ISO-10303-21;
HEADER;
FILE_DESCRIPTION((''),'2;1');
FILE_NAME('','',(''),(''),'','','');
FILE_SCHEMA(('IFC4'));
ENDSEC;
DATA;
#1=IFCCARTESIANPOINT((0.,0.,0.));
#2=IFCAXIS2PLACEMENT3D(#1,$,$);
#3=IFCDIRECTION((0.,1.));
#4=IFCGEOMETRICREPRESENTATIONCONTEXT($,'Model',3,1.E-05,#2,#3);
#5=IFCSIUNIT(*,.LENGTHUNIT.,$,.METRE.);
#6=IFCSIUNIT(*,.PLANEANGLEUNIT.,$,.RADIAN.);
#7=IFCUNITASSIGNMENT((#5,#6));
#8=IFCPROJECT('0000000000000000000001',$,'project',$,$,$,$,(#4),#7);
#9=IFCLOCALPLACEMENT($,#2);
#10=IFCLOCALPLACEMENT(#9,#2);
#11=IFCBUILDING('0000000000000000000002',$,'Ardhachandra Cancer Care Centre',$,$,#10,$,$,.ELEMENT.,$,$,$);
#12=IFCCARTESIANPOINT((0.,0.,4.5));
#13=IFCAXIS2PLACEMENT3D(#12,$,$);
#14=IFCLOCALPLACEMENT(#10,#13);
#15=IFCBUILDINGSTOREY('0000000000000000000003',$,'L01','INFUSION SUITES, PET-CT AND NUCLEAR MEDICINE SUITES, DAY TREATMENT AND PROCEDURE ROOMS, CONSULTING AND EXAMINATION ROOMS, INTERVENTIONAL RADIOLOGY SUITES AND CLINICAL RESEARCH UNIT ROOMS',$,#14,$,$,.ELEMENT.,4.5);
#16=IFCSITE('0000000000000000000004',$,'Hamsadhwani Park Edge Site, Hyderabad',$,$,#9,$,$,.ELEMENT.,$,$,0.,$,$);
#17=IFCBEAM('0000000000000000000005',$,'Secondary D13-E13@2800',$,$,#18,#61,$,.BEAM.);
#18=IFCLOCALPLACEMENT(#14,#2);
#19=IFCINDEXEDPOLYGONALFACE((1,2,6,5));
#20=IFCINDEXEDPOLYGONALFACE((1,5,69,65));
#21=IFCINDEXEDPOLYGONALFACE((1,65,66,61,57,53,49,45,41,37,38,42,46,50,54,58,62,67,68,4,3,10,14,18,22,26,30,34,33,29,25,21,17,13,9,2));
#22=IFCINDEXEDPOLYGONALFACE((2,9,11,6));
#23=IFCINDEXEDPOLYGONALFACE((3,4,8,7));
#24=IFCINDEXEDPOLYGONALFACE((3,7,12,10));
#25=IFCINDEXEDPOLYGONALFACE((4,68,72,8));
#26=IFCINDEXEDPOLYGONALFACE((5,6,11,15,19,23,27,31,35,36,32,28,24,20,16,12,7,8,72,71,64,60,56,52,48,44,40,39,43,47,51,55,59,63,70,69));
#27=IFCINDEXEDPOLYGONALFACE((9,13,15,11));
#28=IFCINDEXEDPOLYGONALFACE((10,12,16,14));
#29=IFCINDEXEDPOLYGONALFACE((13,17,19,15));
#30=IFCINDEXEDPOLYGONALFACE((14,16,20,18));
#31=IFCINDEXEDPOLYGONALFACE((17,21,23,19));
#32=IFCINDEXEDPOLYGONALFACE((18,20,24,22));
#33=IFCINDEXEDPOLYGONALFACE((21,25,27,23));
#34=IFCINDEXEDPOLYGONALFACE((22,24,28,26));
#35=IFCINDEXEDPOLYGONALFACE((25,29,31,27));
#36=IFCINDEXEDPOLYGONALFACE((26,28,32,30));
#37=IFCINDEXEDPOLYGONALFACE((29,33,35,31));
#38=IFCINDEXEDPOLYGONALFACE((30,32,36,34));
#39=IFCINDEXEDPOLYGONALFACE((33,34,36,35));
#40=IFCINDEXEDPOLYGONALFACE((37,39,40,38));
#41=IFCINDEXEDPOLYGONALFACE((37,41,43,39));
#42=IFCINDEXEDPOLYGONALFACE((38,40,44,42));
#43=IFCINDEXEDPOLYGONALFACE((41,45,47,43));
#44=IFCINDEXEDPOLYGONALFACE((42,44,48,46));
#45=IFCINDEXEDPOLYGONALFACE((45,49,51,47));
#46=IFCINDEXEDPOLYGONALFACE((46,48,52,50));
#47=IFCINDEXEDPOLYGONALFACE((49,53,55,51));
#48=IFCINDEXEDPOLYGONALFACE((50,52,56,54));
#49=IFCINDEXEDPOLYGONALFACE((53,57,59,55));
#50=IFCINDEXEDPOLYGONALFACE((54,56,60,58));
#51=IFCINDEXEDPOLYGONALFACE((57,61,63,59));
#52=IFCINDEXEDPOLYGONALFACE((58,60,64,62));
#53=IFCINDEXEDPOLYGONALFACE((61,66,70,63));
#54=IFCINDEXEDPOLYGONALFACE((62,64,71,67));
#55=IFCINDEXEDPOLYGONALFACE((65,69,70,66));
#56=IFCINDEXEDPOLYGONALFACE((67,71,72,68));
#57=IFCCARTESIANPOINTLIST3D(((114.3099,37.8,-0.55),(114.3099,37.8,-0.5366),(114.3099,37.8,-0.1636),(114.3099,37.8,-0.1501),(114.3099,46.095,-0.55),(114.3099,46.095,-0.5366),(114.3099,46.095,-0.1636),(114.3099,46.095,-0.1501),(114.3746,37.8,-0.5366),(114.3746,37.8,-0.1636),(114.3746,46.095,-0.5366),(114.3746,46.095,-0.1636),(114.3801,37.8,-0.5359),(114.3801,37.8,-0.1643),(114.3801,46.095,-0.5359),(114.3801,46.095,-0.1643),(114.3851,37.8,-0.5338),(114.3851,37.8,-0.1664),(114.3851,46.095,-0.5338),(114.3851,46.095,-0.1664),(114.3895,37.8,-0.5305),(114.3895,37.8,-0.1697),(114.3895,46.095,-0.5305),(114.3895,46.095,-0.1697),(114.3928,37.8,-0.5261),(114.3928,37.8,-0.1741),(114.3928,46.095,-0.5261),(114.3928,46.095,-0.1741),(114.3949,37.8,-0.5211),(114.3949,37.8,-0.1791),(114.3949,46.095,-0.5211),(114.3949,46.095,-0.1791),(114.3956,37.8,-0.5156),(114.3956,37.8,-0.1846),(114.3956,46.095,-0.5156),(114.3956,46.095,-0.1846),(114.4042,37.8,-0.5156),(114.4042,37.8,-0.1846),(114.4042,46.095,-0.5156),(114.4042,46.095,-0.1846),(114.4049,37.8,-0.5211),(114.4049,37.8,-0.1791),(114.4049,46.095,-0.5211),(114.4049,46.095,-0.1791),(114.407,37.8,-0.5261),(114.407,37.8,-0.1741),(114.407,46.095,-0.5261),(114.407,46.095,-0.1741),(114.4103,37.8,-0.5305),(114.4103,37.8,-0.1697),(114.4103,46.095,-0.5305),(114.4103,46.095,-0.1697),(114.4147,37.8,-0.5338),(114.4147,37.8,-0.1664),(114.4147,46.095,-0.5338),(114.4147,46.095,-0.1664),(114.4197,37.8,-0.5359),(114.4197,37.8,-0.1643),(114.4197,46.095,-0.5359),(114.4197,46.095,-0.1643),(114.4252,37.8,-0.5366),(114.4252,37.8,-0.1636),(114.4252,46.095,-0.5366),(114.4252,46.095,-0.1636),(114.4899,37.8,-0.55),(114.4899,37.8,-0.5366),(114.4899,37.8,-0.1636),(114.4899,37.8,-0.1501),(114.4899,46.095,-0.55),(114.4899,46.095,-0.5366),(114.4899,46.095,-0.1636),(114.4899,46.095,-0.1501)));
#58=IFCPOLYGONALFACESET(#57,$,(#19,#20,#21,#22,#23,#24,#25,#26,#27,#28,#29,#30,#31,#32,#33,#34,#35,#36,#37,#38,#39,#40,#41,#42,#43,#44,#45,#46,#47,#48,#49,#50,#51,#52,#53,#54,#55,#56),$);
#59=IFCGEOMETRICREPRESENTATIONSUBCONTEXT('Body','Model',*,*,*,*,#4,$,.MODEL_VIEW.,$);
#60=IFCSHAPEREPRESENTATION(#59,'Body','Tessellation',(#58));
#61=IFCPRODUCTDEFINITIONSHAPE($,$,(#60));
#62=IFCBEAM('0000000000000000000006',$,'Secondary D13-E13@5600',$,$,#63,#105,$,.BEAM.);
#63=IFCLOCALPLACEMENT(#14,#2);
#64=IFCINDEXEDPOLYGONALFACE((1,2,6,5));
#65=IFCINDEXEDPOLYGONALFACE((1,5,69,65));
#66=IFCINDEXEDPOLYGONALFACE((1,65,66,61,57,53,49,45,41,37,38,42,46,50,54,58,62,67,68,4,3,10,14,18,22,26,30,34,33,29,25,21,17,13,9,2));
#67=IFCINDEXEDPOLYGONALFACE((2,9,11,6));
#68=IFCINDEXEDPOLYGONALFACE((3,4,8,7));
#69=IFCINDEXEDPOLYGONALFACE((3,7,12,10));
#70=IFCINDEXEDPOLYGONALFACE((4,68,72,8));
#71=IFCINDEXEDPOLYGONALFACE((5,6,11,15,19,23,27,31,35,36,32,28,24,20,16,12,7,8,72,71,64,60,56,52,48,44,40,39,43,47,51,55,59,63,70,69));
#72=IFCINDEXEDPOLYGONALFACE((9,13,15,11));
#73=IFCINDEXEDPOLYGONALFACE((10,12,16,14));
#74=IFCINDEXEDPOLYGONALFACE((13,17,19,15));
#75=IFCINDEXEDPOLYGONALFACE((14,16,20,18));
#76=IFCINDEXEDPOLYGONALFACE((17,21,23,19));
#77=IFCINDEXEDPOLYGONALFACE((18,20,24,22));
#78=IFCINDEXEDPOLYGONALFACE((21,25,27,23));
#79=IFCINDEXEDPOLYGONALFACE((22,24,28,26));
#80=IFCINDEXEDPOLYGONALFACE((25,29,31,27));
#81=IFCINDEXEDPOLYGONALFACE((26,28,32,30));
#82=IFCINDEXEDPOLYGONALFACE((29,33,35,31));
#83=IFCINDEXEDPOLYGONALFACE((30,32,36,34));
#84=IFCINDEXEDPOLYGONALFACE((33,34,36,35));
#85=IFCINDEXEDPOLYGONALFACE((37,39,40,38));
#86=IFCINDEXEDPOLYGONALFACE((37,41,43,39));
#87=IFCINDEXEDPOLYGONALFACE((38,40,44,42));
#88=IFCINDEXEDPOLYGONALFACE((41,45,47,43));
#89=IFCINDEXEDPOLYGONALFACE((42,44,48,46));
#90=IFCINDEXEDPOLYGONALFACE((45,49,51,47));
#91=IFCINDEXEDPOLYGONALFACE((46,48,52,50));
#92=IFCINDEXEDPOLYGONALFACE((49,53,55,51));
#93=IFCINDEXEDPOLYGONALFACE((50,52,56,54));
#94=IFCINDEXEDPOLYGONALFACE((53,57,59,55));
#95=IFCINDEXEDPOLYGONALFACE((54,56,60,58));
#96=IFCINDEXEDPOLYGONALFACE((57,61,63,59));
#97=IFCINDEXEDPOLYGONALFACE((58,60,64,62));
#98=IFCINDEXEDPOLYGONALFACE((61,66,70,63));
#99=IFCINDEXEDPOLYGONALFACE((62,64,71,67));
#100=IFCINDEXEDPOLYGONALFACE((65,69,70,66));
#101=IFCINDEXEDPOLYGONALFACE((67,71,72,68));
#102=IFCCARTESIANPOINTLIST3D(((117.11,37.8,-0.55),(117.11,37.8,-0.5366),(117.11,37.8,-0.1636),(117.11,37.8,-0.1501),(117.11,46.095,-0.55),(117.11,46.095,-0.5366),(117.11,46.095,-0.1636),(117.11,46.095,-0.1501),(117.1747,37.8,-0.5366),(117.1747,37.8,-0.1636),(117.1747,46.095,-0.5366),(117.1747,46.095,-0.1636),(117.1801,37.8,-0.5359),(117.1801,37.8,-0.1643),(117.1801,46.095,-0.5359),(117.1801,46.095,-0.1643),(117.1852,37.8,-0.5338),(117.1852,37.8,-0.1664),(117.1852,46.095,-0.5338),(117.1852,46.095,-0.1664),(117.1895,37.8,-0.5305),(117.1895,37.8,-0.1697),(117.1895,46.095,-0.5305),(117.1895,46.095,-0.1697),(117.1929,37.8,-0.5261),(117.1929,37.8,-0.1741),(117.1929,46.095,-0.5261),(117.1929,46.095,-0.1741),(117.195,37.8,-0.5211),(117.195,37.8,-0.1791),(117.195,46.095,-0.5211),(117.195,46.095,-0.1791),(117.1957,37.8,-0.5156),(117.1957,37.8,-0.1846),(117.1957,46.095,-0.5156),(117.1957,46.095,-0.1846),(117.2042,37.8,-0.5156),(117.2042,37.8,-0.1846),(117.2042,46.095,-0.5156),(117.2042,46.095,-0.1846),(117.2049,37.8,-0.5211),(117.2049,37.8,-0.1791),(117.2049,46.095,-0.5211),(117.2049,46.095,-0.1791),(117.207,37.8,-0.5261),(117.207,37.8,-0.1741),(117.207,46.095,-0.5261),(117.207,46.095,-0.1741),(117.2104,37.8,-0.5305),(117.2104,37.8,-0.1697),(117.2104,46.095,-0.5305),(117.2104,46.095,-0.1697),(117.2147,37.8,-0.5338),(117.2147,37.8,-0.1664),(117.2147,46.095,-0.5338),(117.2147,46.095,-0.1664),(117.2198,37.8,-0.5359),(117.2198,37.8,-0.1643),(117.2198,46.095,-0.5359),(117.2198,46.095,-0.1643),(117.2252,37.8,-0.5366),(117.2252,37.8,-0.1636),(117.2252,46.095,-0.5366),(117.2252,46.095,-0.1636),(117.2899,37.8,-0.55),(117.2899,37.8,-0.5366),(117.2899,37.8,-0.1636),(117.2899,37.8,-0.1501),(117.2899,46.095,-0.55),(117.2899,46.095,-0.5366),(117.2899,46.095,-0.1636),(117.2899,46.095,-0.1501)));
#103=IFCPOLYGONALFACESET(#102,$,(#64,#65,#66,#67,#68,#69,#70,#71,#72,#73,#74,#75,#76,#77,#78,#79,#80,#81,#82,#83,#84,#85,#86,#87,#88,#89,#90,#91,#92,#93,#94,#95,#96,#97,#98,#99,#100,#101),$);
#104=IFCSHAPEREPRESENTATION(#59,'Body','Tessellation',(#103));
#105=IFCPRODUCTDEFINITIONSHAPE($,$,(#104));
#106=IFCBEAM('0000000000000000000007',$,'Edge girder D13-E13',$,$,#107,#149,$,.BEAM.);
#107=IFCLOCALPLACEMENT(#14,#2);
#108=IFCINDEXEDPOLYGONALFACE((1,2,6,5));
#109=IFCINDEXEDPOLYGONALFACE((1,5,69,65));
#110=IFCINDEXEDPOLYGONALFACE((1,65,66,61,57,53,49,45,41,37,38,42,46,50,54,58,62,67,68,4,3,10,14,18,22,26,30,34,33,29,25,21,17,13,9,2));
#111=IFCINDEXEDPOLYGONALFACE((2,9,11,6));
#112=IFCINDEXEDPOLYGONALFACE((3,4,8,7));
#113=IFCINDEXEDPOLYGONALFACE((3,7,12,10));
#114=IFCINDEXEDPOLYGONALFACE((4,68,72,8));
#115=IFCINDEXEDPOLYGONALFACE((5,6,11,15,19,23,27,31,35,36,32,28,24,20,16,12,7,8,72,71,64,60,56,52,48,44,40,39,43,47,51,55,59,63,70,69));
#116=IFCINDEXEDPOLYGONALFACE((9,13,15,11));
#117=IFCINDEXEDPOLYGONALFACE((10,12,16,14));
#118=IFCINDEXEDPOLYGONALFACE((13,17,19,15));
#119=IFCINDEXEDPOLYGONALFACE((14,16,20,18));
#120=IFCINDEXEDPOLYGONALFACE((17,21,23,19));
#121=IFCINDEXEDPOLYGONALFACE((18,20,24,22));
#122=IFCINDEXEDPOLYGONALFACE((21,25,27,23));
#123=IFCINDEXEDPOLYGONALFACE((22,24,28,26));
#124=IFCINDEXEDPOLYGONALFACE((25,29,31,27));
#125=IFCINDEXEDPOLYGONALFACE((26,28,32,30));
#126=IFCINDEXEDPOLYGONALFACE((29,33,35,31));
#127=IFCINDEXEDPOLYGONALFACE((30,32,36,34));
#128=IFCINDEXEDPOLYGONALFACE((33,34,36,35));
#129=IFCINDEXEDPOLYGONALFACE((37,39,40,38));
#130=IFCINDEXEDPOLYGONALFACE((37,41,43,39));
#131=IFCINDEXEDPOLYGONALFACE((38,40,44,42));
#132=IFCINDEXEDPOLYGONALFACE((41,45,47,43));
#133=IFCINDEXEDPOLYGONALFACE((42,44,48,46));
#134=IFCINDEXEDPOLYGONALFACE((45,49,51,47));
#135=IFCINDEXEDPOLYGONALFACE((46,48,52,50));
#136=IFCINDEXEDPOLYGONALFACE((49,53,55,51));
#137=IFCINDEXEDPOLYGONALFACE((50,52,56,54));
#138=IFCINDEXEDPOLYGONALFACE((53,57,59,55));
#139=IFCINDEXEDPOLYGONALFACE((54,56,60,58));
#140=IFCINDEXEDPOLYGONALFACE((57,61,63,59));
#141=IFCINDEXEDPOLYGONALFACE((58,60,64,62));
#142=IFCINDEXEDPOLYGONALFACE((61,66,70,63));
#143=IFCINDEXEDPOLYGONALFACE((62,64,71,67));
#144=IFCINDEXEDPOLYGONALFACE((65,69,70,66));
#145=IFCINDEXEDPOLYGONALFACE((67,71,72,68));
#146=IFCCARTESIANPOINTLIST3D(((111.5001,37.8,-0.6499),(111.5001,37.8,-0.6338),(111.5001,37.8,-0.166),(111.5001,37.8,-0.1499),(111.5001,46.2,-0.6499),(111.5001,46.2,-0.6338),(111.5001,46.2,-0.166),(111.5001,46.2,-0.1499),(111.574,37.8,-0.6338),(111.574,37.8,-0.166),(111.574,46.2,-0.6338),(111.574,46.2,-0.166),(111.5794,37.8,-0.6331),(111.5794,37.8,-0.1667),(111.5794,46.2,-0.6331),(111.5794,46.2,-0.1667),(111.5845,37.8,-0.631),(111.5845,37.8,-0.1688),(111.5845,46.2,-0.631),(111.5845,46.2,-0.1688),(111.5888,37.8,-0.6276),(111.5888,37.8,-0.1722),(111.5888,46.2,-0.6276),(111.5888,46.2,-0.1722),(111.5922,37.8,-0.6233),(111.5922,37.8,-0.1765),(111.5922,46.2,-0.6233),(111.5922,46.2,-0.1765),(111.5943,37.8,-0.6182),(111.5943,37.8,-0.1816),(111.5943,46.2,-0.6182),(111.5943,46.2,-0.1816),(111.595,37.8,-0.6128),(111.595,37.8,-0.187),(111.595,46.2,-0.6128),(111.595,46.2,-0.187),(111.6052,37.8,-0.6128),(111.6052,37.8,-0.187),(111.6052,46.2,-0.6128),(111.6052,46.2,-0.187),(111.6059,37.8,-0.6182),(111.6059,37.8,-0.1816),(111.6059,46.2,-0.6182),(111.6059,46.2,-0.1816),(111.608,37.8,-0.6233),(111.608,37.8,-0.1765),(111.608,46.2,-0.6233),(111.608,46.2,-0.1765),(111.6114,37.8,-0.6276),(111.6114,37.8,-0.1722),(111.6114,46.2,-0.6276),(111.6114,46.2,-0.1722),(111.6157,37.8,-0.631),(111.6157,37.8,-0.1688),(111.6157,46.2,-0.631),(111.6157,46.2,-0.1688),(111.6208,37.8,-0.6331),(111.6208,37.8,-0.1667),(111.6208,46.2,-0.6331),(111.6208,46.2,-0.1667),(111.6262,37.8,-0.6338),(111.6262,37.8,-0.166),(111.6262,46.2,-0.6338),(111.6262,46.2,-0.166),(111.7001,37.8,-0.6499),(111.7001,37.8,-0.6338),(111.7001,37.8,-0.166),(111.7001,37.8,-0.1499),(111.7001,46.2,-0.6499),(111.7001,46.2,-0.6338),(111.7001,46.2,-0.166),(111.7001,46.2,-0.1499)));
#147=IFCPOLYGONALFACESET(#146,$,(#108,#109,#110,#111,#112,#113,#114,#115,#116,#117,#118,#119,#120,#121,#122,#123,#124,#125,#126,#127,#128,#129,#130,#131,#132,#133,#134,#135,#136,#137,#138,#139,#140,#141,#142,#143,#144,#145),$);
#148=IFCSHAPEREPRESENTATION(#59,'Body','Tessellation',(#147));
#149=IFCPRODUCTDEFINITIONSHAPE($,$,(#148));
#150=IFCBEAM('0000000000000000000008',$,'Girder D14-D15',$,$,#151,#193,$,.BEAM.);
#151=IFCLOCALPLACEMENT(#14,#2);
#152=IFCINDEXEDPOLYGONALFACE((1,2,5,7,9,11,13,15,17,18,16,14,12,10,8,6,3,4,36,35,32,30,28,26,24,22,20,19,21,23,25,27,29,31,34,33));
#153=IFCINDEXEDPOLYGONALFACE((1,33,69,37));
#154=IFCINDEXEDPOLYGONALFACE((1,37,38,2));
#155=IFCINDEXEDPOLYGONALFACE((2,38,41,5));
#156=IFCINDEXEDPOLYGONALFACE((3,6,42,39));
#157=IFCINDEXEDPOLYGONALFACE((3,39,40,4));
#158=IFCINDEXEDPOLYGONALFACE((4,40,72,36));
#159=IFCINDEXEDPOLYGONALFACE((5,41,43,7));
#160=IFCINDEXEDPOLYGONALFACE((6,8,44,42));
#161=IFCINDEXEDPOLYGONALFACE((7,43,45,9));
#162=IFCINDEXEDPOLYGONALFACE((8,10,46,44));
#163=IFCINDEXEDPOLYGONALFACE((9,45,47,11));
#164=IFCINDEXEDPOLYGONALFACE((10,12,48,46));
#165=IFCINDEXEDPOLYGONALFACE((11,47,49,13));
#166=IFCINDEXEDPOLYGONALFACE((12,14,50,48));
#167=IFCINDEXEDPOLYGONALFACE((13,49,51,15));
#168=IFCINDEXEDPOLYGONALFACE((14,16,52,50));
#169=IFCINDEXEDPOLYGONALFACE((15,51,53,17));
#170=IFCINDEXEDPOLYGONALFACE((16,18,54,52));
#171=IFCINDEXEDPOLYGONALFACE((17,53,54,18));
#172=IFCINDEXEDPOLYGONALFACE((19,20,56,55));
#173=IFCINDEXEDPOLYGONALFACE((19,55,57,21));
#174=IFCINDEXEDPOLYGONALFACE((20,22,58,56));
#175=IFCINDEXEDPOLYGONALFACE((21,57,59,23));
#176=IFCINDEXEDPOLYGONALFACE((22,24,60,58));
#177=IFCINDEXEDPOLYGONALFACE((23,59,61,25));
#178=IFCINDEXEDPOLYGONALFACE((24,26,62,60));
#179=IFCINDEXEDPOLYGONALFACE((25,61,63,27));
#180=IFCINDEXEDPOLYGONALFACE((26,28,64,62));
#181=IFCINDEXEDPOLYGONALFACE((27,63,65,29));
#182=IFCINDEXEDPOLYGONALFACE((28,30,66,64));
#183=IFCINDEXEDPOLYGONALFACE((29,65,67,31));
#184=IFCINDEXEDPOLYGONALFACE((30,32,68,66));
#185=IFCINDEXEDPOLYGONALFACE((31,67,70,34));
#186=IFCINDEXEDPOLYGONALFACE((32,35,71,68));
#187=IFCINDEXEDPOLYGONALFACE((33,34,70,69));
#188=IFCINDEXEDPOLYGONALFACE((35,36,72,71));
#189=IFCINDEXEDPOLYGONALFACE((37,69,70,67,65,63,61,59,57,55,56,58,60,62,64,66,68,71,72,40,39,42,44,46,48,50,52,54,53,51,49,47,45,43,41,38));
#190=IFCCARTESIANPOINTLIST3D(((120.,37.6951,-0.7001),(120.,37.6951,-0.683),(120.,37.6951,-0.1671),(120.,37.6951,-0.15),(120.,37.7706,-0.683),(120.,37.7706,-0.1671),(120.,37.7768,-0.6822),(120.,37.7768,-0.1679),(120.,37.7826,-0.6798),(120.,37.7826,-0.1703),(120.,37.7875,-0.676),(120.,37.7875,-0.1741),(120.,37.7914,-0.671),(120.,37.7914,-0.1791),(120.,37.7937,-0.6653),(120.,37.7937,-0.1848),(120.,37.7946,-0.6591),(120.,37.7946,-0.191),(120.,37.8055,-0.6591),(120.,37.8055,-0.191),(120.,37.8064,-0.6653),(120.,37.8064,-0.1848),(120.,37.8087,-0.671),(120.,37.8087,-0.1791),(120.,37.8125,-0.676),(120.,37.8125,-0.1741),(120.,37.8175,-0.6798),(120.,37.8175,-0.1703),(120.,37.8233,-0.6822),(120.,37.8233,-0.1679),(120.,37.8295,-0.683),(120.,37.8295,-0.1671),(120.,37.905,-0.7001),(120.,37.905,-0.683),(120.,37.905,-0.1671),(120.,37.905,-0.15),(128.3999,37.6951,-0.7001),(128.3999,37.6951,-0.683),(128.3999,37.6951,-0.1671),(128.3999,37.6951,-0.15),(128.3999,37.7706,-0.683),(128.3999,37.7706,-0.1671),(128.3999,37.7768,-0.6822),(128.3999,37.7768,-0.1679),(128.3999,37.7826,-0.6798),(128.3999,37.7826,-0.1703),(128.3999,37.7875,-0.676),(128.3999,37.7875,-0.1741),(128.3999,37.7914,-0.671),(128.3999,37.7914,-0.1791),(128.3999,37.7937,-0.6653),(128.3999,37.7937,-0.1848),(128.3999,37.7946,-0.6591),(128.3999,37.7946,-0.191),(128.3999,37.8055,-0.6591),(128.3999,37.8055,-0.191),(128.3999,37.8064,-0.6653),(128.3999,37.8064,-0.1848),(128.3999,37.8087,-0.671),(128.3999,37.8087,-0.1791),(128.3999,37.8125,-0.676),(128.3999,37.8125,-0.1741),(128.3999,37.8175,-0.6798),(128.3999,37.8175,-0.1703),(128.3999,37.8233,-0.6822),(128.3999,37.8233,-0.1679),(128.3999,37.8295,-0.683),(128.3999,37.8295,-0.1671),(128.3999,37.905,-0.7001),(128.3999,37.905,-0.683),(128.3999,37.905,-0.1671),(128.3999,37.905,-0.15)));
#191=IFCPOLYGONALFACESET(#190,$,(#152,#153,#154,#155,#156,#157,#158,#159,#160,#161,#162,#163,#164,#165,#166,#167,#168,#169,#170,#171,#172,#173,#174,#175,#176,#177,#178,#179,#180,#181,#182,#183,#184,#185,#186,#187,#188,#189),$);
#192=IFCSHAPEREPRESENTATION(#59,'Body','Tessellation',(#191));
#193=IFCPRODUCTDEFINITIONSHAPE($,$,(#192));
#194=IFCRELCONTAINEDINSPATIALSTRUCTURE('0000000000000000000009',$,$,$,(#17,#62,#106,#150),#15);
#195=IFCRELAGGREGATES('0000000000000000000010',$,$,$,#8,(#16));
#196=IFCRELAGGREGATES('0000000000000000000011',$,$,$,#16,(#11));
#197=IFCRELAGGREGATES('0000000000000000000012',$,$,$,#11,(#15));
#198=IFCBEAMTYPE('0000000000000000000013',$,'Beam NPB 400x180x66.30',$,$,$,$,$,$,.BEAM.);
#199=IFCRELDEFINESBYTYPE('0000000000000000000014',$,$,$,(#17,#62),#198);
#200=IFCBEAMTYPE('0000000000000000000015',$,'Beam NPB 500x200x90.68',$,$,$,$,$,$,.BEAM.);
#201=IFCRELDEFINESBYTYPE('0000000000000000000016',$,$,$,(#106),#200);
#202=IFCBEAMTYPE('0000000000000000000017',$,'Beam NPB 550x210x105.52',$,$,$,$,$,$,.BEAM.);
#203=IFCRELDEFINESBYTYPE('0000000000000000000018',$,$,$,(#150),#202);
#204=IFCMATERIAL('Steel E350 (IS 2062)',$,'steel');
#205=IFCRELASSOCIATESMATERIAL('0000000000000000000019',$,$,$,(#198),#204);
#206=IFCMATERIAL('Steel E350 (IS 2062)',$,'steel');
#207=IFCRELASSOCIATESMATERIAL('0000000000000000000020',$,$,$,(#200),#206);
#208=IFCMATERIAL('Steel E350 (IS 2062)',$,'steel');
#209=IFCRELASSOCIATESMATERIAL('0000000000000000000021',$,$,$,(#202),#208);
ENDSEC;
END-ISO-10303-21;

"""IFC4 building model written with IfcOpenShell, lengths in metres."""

from ifc_helpers import new_model, si_unit, direction, frame, origin, origin_2d, place, context, subcontext, project, spatial, i_section, extrude, material, material_profile, profile_set, type_object, element, save


model = new_model("IFC4")

# Units and contexts
model_context = context("Model", 3, precision=1e-05, world=origin(), true_north=direction((0.0, 1.0)))
body_context = subcontext(model_context, "Body", "Model", "MODEL_VIEW")
ifc_project = project(units=[si_unit("LENGTHUNIT", "METRE"), si_unit("PLANEANGLEUNIT", "RADIAN")], contexts=[model_context])

# Site, building, storey
site_placement = place(None, origin())
site = spatial("IfcSite", under=ifc_project, at=site_placement, Name="Hamsadhwani Park Edge Site, Hyderabad", CompositionType="ELEMENT", RefElevation=0.0)
building_placement = place(site_placement, origin())
building = spatial("IfcBuilding", under=site, at=building_placement, Name="Ardhachandra Cancer Care Centre", CompositionType="ELEMENT")
storey_placement = place(building_placement, frame((0.0, 0.0, 4.5)))
storey = spatial("IfcBuildingStorey", under=building, at=storey_placement, Name="L01", Description="INFUSION SUITES, PET-CT AND NUCLEAR MEDICINE SUITES, DAY TREATMENT AND PROCEDURE ROOMS, CONSULTING AND EXAMINATION ROOMS, INTERVENTIONAL RADIOLOGY SUITES AND CLINICAL RESEARCH UNIT ROOMS", CompositionType="ELEMENT", Elevation=4.5)

# Beams
ifc_material_1 = material(Name="Steel E350 (IS 2062)", Category="steel")
ifc_material_profile_1 = material_profile(ifc_material_1, i_section(OverallWidth=0.1799, OverallDepth=0.3999, WebThickness=0.0085, FlangeThickness=0.0134, FilletRadius=0.021, at=origin_2d()), Name="NPB 400x180x66.30")
ifc_profile_set_1 = profile_set([ifc_material_profile_1], Name="Steel E350 (IS 2062)")
beam_type_1 = type_object("IfcBeamType", Name="Beam NPB 400x180x66.30", PredefinedType="BEAM", material=ifc_profile_set_1)
for number, where, z_axis, x_axis, name in (
    (1, (114.3999, 37.8, -0.3501), (0.0, 1.0, 0.0), (-1.0, 0.0, 0.0), "Secondary D13-E13@2800"),
    (2, (117.2, 37.8, -0.3501), (0.0, 1.0, 0.0), (-1.0, 0.0, 0.0), "Secondary D13-E13@5600"),
):
    element("IfcBeam", number, at=place(storey_placement, frame(where, z_axis=z_axis, x_axis=x_axis)), inside=storey, type_object=beam_type_1, Name=name, PredefinedType="BEAM", context=body_context, shape_type="SweptSolid", body=[
        extrude(i_section(OverallWidth=0.1799, OverallDepth=0.3999, WebThickness=0.0085, FlangeThickness=0.0134, FilletRadius=0.021, at=origin_2d()), origin(), (0.0, 0.0, 1.0), 8.2949),
    ])
ifc_material_2 = material(Name="Steel E350 (IS 2062)", Category="steel")
ifc_material_profile_2 = material_profile(ifc_material_2, i_section(OverallWidth=0.2, OverallDepth=0.5, WebThickness=0.0103, FlangeThickness=0.0161, FilletRadius=0.021, at=origin_2d()), Name="NPB 500x200x90.68")
ifc_profile_set_2 = profile_set([ifc_material_profile_2], Name="Steel E350 (IS 2062)")
beam_type_2 = type_object("IfcBeamType", Name="Beam NPB 500x200x90.68", PredefinedType="BEAM", material=ifc_profile_set_2)
beam_placement = place(storey_placement, frame((111.6001, 37.8, -0.3999), z_axis=(0.0, 1.0, 0.0), x_axis=(-1.0, 0.0, 0.0)))
element("IfcBeam", 3, at=beam_placement, inside=storey, type_object=beam_type_2, Name="Edge girder D13-E13", PredefinedType="BEAM", context=body_context, shape_type="SweptSolid", body=[
    extrude(i_section(OverallWidth=0.2, OverallDepth=0.5, WebThickness=0.0103, FlangeThickness=0.0161, FilletRadius=0.021, at=origin_2d()), origin(), (0.0, 0.0, 1.0), 8.3999),
])
ifc_material_3 = material(Name="Steel E350 (IS 2062)", Category="steel")
ifc_material_profile_3 = material_profile(ifc_material_3, i_section(OverallWidth=0.21, OverallDepth=0.55, WebThickness=0.011, FlangeThickness=0.0171, FilletRadius=0.0239, at=origin_2d()), Name="NPB 550x210x105.52")
ifc_profile_set_3 = profile_set([ifc_material_profile_3], Name="Steel E350 (IS 2062)")
beam_type_3 = type_object("IfcBeamType", Name="Beam NPB 550x210x105.52", PredefinedType="BEAM", material=ifc_profile_set_3)
for number, where, z_axis, x_axis, name in (
    (4, (120.0, 37.8, -0.425), (1.0, 0.0, 0.0), (0.0, 1.0, 0.0), "Girder D14-D15"),
):
    element("IfcBeam", number, at=place(storey_placement, frame(where, z_axis=z_axis, x_axis=x_axis)), inside=storey, type_object=beam_type_3, Name=name, PredefinedType="BEAM", context=body_context, shape_type="SweptSolid", body=[
        extrude(i_section(OverallWidth=0.21, OverallDepth=0.55, WebThickness=0.011, FlangeThickness=0.0171, FilletRadius=0.0239, at=origin_2d()), origin(), (0.0, 0.0, 1.0), 8.3999),
    ])

save(model, "model.ifc")
